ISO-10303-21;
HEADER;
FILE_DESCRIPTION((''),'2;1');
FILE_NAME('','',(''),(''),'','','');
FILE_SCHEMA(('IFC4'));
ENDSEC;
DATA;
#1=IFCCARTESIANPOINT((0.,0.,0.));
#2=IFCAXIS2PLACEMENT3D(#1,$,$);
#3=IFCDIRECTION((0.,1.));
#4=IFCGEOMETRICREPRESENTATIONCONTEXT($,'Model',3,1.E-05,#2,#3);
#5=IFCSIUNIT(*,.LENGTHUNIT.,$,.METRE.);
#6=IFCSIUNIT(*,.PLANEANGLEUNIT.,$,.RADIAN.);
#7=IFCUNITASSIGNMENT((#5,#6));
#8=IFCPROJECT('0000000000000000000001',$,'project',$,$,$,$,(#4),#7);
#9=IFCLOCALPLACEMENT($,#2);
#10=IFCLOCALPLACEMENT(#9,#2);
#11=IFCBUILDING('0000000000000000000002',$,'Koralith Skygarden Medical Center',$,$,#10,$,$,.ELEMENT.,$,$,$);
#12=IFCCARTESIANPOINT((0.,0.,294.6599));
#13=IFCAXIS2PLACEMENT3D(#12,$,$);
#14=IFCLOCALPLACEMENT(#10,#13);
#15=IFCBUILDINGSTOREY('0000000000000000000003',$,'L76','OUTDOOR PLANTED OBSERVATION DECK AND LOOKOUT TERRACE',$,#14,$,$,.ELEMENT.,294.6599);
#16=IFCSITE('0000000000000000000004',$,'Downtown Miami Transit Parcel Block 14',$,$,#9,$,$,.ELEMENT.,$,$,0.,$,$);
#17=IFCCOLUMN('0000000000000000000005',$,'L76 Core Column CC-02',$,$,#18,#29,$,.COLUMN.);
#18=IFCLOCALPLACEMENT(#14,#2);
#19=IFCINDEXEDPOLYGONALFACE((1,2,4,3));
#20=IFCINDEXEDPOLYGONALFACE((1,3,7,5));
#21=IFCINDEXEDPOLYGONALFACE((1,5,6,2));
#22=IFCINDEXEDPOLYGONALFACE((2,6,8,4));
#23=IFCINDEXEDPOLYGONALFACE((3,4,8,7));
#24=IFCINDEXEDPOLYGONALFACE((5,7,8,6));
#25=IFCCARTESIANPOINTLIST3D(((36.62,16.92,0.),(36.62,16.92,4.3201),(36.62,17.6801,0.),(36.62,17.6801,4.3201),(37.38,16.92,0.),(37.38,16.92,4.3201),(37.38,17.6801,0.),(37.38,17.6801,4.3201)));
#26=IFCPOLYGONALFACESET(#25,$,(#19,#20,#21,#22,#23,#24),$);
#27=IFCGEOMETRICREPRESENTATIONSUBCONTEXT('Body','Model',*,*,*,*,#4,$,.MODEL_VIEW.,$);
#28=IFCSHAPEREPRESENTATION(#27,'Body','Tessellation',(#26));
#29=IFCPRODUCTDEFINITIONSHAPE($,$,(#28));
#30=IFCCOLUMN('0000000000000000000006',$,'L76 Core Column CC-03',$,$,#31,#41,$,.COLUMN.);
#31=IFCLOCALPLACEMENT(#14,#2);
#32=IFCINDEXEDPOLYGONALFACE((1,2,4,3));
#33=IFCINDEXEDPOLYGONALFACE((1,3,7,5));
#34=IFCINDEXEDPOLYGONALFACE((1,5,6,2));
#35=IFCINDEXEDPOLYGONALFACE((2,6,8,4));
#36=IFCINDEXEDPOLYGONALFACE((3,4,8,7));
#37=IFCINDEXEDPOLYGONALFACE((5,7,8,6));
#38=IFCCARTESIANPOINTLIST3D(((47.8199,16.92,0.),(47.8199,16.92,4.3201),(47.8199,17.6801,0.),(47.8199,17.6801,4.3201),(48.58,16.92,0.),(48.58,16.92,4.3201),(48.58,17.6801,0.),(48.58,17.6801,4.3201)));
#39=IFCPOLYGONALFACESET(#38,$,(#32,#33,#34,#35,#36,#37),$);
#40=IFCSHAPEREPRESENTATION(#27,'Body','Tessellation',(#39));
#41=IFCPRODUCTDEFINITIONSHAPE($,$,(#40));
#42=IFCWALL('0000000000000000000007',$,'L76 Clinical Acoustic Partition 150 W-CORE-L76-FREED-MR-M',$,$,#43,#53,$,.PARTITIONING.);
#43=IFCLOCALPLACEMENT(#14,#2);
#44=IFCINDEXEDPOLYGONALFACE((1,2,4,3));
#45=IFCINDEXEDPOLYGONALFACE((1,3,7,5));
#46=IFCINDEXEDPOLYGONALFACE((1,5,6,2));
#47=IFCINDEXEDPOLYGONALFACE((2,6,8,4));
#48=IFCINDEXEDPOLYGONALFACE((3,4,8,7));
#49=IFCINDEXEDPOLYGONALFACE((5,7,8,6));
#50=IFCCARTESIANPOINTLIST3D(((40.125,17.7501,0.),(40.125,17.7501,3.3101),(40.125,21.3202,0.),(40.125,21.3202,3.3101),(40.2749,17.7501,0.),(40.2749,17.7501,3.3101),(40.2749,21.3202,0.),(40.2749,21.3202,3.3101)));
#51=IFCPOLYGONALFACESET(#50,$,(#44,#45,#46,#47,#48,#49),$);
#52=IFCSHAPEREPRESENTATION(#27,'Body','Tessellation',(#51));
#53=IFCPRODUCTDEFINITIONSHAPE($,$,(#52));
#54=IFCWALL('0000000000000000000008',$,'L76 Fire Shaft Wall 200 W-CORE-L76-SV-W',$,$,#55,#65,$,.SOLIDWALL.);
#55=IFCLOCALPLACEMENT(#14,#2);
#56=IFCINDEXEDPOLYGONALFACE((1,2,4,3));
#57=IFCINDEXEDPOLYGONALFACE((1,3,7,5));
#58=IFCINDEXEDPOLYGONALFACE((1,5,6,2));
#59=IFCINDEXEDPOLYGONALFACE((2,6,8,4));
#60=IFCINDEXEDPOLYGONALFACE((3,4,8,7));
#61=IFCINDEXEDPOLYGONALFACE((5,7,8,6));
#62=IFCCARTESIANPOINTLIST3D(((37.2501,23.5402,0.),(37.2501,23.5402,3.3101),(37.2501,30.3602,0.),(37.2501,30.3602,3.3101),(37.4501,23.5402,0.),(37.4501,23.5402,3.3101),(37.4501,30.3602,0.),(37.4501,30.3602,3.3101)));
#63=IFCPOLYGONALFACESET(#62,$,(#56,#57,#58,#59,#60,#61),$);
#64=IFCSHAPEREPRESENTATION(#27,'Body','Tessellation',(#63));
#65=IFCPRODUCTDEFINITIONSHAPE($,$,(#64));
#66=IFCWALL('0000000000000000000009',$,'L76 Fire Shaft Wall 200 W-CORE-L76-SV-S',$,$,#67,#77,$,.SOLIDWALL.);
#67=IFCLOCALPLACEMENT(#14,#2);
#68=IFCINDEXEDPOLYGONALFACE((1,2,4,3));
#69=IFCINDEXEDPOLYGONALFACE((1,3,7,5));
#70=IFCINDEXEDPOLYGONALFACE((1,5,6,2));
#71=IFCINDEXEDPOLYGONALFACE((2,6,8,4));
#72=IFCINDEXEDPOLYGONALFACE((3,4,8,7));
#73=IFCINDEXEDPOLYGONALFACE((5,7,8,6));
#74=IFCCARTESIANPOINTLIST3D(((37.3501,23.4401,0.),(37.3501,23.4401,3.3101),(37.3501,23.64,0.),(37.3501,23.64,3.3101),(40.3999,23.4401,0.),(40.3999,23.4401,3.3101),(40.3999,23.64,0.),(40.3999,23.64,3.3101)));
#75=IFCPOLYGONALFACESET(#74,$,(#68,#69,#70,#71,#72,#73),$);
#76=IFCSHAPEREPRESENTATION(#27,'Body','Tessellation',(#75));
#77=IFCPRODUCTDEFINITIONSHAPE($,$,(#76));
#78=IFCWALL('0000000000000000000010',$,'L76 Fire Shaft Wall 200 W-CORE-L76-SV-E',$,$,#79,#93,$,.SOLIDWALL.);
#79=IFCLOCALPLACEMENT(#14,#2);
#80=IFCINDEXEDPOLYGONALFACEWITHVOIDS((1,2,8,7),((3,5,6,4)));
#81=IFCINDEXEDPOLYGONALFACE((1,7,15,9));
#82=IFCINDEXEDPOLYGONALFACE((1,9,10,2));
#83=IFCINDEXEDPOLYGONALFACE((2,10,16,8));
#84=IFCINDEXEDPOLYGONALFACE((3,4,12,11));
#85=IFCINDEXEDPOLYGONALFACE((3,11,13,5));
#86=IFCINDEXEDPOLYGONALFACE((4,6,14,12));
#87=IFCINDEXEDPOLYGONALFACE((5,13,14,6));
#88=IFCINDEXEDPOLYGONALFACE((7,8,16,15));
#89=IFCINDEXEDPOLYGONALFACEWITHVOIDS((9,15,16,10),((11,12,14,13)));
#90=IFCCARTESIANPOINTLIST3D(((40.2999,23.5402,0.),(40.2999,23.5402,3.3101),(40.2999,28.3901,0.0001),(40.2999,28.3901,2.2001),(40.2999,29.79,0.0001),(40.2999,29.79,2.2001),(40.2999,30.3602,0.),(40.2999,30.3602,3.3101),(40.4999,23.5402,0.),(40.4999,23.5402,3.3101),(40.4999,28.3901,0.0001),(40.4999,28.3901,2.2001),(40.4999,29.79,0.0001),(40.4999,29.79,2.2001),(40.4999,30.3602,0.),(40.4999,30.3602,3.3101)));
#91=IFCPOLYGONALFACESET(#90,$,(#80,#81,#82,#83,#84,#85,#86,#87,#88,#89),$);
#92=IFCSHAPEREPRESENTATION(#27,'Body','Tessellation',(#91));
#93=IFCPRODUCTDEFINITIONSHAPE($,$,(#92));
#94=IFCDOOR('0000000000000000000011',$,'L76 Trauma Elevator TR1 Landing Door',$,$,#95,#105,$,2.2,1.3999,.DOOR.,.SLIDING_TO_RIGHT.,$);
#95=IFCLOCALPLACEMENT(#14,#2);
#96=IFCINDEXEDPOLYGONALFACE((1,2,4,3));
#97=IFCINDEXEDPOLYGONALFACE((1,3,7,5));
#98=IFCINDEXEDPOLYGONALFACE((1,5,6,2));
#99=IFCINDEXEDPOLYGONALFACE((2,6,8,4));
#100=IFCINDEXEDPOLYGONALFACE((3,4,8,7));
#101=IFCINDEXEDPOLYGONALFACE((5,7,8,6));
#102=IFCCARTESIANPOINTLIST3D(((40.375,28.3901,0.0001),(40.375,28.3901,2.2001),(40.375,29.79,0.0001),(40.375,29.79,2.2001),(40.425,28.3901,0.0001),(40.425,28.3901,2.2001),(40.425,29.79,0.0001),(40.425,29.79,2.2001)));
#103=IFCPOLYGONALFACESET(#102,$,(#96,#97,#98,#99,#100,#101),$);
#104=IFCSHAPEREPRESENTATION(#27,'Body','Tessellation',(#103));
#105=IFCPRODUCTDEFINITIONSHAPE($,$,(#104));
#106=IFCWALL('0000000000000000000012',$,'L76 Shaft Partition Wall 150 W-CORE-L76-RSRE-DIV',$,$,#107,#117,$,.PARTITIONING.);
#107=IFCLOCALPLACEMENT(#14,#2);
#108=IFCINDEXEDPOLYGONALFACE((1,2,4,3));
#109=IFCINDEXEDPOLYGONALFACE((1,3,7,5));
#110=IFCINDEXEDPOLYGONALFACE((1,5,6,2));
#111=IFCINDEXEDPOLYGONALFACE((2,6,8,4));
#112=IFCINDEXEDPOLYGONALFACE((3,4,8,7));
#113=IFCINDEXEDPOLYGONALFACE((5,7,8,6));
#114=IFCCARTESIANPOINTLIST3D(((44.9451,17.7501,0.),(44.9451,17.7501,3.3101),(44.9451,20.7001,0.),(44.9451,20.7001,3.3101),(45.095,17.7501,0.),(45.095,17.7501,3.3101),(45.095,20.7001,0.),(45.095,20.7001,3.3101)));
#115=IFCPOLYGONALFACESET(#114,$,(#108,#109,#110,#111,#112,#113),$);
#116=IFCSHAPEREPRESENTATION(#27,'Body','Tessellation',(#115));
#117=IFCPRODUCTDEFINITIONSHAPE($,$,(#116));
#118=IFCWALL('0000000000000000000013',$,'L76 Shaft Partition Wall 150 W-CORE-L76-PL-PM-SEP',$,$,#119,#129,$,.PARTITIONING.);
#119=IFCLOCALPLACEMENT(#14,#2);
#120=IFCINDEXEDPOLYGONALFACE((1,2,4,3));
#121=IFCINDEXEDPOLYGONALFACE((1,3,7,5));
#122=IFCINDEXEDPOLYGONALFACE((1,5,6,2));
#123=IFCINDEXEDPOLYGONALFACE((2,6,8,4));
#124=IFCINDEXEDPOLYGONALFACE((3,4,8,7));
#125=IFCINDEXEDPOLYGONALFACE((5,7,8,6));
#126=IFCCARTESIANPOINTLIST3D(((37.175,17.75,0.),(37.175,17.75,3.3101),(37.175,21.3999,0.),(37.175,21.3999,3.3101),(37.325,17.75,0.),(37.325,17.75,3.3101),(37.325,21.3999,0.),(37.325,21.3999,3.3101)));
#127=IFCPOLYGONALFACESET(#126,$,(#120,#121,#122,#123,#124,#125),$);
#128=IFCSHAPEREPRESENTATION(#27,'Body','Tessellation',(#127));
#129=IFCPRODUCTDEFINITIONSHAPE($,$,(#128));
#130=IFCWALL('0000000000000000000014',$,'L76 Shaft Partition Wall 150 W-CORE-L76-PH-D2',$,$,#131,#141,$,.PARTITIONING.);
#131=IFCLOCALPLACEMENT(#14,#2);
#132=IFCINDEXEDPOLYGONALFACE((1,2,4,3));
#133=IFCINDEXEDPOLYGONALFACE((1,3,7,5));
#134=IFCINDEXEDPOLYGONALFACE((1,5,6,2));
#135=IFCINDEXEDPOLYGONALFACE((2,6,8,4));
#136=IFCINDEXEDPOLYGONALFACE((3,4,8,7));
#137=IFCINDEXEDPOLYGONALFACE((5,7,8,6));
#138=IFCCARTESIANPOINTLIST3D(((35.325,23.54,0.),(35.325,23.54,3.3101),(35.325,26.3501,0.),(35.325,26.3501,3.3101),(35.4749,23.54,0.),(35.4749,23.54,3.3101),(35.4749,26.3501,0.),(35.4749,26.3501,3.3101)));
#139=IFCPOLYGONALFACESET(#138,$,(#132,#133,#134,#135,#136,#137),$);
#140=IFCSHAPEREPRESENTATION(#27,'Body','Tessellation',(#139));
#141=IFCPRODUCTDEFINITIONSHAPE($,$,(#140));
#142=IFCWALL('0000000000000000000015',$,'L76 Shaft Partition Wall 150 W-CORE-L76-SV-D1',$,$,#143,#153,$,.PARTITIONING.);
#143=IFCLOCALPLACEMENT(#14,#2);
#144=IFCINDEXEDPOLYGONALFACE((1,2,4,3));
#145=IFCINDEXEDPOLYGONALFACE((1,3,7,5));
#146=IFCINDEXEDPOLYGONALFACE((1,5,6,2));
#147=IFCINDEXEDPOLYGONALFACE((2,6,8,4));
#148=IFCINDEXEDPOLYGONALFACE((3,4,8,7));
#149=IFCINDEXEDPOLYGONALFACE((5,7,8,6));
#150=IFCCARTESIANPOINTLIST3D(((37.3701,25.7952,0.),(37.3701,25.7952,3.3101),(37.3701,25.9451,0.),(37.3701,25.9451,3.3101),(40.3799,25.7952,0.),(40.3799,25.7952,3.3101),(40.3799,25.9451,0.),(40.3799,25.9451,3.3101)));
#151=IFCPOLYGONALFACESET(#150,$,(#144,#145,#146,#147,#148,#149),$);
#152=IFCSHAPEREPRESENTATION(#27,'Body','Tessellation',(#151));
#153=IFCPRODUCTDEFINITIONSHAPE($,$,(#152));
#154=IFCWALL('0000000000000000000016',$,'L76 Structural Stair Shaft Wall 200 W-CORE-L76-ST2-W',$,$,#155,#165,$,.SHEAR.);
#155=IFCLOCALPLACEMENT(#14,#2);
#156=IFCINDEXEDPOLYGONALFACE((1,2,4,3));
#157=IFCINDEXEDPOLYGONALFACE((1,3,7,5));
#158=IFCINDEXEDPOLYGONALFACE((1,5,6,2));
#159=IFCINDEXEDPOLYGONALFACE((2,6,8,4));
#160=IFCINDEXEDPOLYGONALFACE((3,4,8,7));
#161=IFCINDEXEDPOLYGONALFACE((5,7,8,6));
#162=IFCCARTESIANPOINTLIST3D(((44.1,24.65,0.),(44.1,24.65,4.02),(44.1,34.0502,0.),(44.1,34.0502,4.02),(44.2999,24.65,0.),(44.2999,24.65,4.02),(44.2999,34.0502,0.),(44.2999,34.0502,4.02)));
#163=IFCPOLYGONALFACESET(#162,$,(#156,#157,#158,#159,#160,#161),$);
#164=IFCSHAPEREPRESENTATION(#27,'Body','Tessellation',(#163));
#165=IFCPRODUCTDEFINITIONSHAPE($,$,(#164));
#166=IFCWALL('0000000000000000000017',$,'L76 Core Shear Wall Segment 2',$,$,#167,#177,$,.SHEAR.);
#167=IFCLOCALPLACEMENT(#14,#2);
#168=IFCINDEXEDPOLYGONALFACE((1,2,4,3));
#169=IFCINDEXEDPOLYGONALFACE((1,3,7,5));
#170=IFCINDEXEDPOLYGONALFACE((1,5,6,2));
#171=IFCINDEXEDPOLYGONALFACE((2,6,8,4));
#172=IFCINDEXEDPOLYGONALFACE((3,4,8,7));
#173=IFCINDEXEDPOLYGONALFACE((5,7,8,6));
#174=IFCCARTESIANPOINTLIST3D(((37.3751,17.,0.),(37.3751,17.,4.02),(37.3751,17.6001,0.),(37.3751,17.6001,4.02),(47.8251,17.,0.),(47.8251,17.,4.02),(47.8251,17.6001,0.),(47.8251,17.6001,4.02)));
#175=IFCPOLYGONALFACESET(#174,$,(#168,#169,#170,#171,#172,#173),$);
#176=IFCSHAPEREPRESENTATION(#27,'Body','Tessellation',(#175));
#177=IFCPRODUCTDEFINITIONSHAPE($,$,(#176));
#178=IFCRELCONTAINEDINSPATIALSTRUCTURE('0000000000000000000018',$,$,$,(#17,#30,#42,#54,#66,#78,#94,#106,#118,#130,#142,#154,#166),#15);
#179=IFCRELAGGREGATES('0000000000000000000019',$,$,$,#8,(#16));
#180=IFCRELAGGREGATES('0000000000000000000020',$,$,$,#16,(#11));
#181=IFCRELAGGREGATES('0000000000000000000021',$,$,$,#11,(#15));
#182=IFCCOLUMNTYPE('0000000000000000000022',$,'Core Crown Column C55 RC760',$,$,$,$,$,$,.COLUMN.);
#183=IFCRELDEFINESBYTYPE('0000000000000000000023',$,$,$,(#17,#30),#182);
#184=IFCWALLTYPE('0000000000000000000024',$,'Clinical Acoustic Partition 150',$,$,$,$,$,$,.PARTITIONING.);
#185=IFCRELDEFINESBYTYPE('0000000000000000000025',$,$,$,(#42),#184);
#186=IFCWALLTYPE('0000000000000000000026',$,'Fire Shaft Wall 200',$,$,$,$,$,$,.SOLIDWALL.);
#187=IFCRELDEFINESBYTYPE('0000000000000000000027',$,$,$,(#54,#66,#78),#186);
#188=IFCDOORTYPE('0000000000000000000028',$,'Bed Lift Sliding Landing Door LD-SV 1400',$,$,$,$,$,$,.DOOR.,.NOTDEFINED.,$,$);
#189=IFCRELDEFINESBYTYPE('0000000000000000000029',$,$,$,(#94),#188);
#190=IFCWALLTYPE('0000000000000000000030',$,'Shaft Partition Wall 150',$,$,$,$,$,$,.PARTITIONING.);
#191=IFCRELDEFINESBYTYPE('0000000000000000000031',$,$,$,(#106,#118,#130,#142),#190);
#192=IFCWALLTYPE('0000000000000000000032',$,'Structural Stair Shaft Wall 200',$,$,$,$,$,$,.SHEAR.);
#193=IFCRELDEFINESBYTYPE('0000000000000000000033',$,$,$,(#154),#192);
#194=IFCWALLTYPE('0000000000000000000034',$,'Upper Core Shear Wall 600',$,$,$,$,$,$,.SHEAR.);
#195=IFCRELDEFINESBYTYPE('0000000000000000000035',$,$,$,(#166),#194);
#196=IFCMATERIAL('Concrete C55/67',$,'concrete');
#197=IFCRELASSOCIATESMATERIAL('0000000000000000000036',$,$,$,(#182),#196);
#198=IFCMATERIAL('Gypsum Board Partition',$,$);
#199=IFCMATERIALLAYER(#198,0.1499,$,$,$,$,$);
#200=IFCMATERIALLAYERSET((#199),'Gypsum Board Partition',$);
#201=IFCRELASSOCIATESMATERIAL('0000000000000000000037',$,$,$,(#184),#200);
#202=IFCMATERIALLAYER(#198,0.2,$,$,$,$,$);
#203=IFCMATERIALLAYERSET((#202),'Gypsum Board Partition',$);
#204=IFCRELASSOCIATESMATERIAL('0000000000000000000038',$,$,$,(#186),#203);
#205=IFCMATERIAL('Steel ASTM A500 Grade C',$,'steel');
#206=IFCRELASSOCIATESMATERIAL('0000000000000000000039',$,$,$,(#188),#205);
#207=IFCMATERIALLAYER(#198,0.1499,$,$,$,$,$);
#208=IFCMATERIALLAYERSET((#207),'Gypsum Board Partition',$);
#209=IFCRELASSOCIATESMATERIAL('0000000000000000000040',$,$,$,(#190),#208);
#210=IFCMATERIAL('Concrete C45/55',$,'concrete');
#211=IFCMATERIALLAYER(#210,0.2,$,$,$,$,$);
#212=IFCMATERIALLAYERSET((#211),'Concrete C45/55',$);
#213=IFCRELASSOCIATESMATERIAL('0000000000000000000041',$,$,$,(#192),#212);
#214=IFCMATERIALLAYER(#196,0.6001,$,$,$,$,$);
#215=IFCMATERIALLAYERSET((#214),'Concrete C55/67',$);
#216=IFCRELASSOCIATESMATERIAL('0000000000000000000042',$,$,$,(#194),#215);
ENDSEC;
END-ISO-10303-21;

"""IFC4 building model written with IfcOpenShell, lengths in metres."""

from ifc_helpers import new_model, si_unit, direction, frame, frame_2d, origin, origin_2d, place, context, subcontext, project, spatial, rectangle, extrude, material, layer, layer_set, material_profile, profile_set, type_object, element, fill, save


model = new_model("IFC4")

# Units and contexts
model_context = context("Model", 3, precision=1e-05, world=origin(), true_north=direction((0.0, 1.0)))
body_context = subcontext(model_context, "Body", "Model", "MODEL_VIEW")
ifc_project = project(units=[si_unit("LENGTHUNIT", "METRE"), si_unit("PLANEANGLEUNIT", "RADIAN")], contexts=[model_context])

# Site, building, storey
site_placement = place(None, origin())
site = spatial("IfcSite", under=ifc_project, at=site_placement, Name="Downtown Miami Transit Parcel Block 14", CompositionType="ELEMENT", RefElevation=0.0)
building_placement = place(site_placement, origin())
building = spatial("IfcBuilding", under=site, at=building_placement, Name="Koralith Skygarden Medical Center", CompositionType="ELEMENT")
storey_placement = place(building_placement, frame((0.0, 0.0, 294.6599)))
storey = spatial("IfcBuildingStorey", under=building, at=storey_placement, Name="L76", Description="OUTDOOR PLANTED OBSERVATION DECK AND LOOKOUT TERRACE", CompositionType="ELEMENT", Elevation=294.6599)

# Columns
ifc_material_1 = material(Name="Concrete C55/67", Category="concrete")
ifc_material_profile = material_profile(ifc_material_1, rectangle(XDim=0.76, YDim=0.76, at=origin_2d()), Name="RC760X760")
ifc_profile_set = profile_set([ifc_material_profile], Name="Concrete C55/67")
column_type = type_object("IfcColumnType", Name="Core Crown Column C55 RC760", PredefinedType="COLUMN", material=ifc_profile_set)
for number, where, z_axis, x_axis, name in (
    (1, (37.0, 17.3, 0.0), (0.0, 0.0, 1.0), (1.0, 0.0, 0.0), "L76 Core Column CC-02"),
    (2, (48.2, 17.3, 0.0), (0.0, 0.0, 1.0), (1.0, 0.0, 0.0), "L76 Core Column CC-03"),
):
    element("IfcColumn", number, at=place(storey_placement, frame(where, z_axis=z_axis, x_axis=x_axis)), inside=storey, type_object=column_type, Name=name, PredefinedType="COLUMN", context=body_context, shape_type="SweptSolid", body=[
        extrude(rectangle(XDim=0.76, YDim=0.76, at=origin_2d()), origin(), (0.0, 0.0, 1.0), 4.3201),
    ])

# Shared definitions
ifc_material_2 = material(Name="Gypsum Board Partition")
ifc_layer_1 = layer(ifc_material_2, 0.1499)
ifc_layer_set_1 = layer_set([ifc_layer_1], Name="Gypsum Board Partition")
wall_type_1 = type_object("IfcWallType", Name="Clinical Acoustic Partition 150", PredefinedType="PARTITIONING", material=ifc_layer_set_1)

# Wall
wall_1_placement = place(storey_placement, frame((40.2, 17.75, 0.0), z_axis=(0.0, 0.0, 1.0), x_axis=(0.0, 1.0, 0.0)))
element("IfcWall", 3, at=wall_1_placement, inside=storey, type_object=wall_type_1, Name="L76 Clinical Acoustic Partition 150 W-CORE-L76-FREED-MR-M", PredefinedType="PARTITIONING", context=body_context, shape_type="SweptSolid", body=[
    extrude(rectangle(XDim=3.5701, YDim=0.1499, at=frame_2d((1.7852, 0.0))), origin(), (0.0, 0.0, 1.0), 3.3101),
])

# Shared definitions
ifc_layer_2 = layer(ifc_material_2, 0.2)
ifc_layer_set_2 = layer_set([ifc_layer_2], Name="Gypsum Board Partition")
wall_type_2 = type_object("IfcWallType", Name="Fire Shaft Wall 200", PredefinedType="SOLIDWALL", material=ifc_layer_set_2)
ifc_material_3 = material(Name="Steel ASTM A500 Grade C", Category="steel")

# Walls
wall_2_placement = place(storey_placement, frame((37.3501, 23.54, 0.0), z_axis=(0.0, 0.0, 1.0), x_axis=(0.0, 1.0, 0.0)))
element("IfcWall", 4, at=wall_2_placement, inside=storey, type_object=wall_type_2, Name="L76 Fire Shaft Wall 200 W-CORE-L76-SV-W", PredefinedType="SOLIDWALL", context=body_context, shape_type="SweptSolid", body=[
    extrude(rectangle(XDim=6.8201, YDim=0.2, at=frame_2d((3.4102, 0.0))), origin(), (0.0, 0.0, 1.0), 3.3101),
])
wall_3_placement = place(storey_placement, frame((37.3501, 23.54, 0.0), z_axis=(0.0, 0.0, 1.0), x_axis=(1.0, 0.0, 0.0)))
element("IfcWall", 5, at=wall_3_placement, inside=storey, type_object=wall_type_2, Name="L76 Fire Shaft Wall 200 W-CORE-L76-SV-S", PredefinedType="SOLIDWALL", context=body_context, shape_type="SweptSolid", body=[
    extrude(rectangle(XDim=3.0498, YDim=0.2, at=frame_2d((1.5249, 0.0))), origin(), (0.0, 0.0, 1.0), 3.3101),
])

# Wall, opening, door
wall_4_placement = place(storey_placement, frame((40.3999, 23.54, 0.0), z_axis=(0.0, 0.0, 1.0), x_axis=(0.0, 1.0, 0.0)))
wall_4 = element("IfcWall", 6, at=wall_4_placement, inside=storey, type_object=wall_type_2, Name="L76 Fire Shaft Wall 200 W-CORE-L76-SV-E", PredefinedType="SOLIDWALL", context=body_context, shape_type="SweptSolid", body=[
    extrude(rectangle(XDim=6.8201, YDim=0.2, at=frame_2d((3.4102, 0.0))), origin(), (0.0, 0.0, 1.0), 3.3101),
])
opening_1_placement = place(wall_4_placement, frame((4.8501, 0.0, 0.0)))
opening_1 = element("IfcOpeningElement", 7, at=opening_1_placement, cuts=wall_4, PredefinedType="OPENING", context=body_context, shape_type="SweptSolid", body=[
    extrude(rectangle(XDim=1.3999, YDim=2.2, at=frame_2d((0.7, 1.1001))), frame((0.0, 0.1099, 0.0), z_axis=(0.0, -1.0, 0.0), x_axis=(1.0, 0.0, 0.0)), (0.0, 0.0, 1.0), 0.22),
])
door_type_1 = type_object("IfcDoorType", Name="Bed Lift Sliding Landing Door LD-SV 1400", OperationType="NOTDEFINED", PredefinedType="DOOR", material=ifc_material_3)
door_1_placement = place(opening_1_placement, origin())
door_1 = element("IfcDoor", 8, at=door_1_placement, inside=storey, type_object=door_type_1, Name="L76 Trauma Elevator TR1 Landing Door", OperationType="SLIDING_TO_RIGHT", OverallHeight=2.2, OverallWidth=1.3999, PredefinedType="DOOR", context=body_context, shape_type="SweptSolid", body=[
    extrude(rectangle(XDim=1.3999, YDim=2.2, at=frame_2d((0.7, 1.1001))), frame((0.0, 0.0249, 0.0), z_axis=(0.0, -1.0, 0.0), x_axis=(1.0, 0.0, 0.0)), (0.0, 0.0, 1.0), 0.05),
])
fill(opening_1, door_1)

# Walls
ifc_layer_3 = layer(ifc_material_2, 0.1499)
ifc_layer_set_3 = layer_set([ifc_layer_3], Name="Gypsum Board Partition")
wall_type_3 = type_object("IfcWallType", Name="Shaft Partition Wall 150", PredefinedType="PARTITIONING", material=ifc_layer_set_3)
wall_5_placement = place(storey_placement, frame((45.02, 17.75, 0.0), z_axis=(0.0, 0.0, 1.0), x_axis=(0.0, 1.0, 0.0)))
element("IfcWall", 9, at=wall_5_placement, inside=storey, type_object=wall_type_3, Name="L76 Shaft Partition Wall 150 W-CORE-L76-RSRE-DIV", PredefinedType="PARTITIONING", context=body_context, shape_type="SweptSolid", body=[
    extrude(rectangle(XDim=2.95, YDim=0.1499, at=frame_2d((1.4751, 0.0))), origin(), (0.0, 0.0, 1.0), 3.3101),
])
wall_6_placement = place(storey_placement, frame((37.25, 17.75, 0.0), z_axis=(0.0, 0.0, 1.0), x_axis=(0.0, 1.0, 0.0)))
element("IfcWall", 10, at=wall_6_placement, inside=storey, type_object=wall_type_3, Name="L76 Shaft Partition Wall 150 W-CORE-L76-PL-PM-SEP", PredefinedType="PARTITIONING", context=body_context, shape_type="SweptSolid", body=[
    extrude(rectangle(XDim=3.6499, YDim=0.1499, at=frame_2d((1.825, 0.0))), origin(), (0.0, 0.0, 1.0), 3.3101),
])
wall_7_placement = place(storey_placement, frame((35.3999, 23.54, 0.0), z_axis=(0.0, 0.0, 1.0), x_axis=(0.0, 1.0, 0.0)))
element("IfcWall", 11, at=wall_7_placement, inside=storey, type_object=wall_type_3, Name="L76 Shaft Partition Wall 150 W-CORE-L76-PH-D2", PredefinedType="PARTITIONING", context=body_context, shape_type="SweptSolid", body=[
    extrude(rectangle(XDim=2.8101, YDim=0.1499, at=frame_2d((1.405, 0.0))), origin(), (0.0, 0.0, 1.0), 3.3101),
])
wall_8_placement = place(storey_placement, frame((37.3701, 25.8701, 0.0), z_axis=(0.0, 0.0, 1.0), x_axis=(1.0, 0.0, 0.0)))
element("IfcWall", 12, at=wall_8_placement, inside=storey, type_object=wall_type_3, Name="L76 Shaft Partition Wall 150 W-CORE-L76-SV-D1", PredefinedType="PARTITIONING", context=body_context, shape_type="SweptSolid", body=[
    extrude(rectangle(XDim=3.0098, YDim=0.1499, at=frame_2d((1.5049, 0.0))), origin(), (0.0, 0.0, 1.0), 3.3101),
])
ifc_material_4 = material(Name="Concrete C45/55", Category="concrete")
ifc_layer_4 = layer(ifc_material_4, 0.2)
ifc_layer_set_4 = layer_set([ifc_layer_4], Name="Concrete C45/55")
wall_type_4 = type_object("IfcWallType", Name="Structural Stair Shaft Wall 200", PredefinedType="SHEAR", material=ifc_layer_set_4)
wall_9_placement = place(storey_placement, frame((44.2, 24.6499, 0.0), z_axis=(0.0, 0.0, 1.0), x_axis=(0.0, 1.0, 0.0)))
element("IfcWall", 13, at=wall_9_placement, inside=storey, type_object=wall_type_4, Name="L76 Structural Stair Shaft Wall 200 W-CORE-L76-ST2-W", PredefinedType="SHEAR", context=body_context, shape_type="SweptSolid", body=[
    extrude(rectangle(XDim=9.4001, YDim=0.2, at=frame_2d((4.7002, 0.0))), origin(), (0.0, 0.0, 1.0), 4.02),
])

# Wall
ifc_layer_5 = layer(ifc_material_1, 0.6001)
ifc_layer_set_5 = layer_set([ifc_layer_5], Name="Concrete C55/67")
wall_type_5 = type_object("IfcWallType", Name="Upper Core Shear Wall 600", PredefinedType="SHEAR", material=ifc_layer_set_5)
wall_10_placement = place(storey_placement, frame((37.375, 17.3, 0.0), z_axis=(0.0, 0.0, 1.0), x_axis=(1.0, 0.0, 0.0)))
element("IfcWall", 14, at=wall_10_placement, inside=storey, type_object=wall_type_5, Name="L76 Core Shear Wall Segment 2", PredefinedType="SHEAR", context=body_context, shape_type="SweptSolid", body=[
    extrude(rectangle(XDim=10.45, YDim=0.6001, at=frame_2d((5.2251, 0.0))), origin(), (0.0, 0.0, 1.0), 4.02),
])

save(model, "model.ifc")
